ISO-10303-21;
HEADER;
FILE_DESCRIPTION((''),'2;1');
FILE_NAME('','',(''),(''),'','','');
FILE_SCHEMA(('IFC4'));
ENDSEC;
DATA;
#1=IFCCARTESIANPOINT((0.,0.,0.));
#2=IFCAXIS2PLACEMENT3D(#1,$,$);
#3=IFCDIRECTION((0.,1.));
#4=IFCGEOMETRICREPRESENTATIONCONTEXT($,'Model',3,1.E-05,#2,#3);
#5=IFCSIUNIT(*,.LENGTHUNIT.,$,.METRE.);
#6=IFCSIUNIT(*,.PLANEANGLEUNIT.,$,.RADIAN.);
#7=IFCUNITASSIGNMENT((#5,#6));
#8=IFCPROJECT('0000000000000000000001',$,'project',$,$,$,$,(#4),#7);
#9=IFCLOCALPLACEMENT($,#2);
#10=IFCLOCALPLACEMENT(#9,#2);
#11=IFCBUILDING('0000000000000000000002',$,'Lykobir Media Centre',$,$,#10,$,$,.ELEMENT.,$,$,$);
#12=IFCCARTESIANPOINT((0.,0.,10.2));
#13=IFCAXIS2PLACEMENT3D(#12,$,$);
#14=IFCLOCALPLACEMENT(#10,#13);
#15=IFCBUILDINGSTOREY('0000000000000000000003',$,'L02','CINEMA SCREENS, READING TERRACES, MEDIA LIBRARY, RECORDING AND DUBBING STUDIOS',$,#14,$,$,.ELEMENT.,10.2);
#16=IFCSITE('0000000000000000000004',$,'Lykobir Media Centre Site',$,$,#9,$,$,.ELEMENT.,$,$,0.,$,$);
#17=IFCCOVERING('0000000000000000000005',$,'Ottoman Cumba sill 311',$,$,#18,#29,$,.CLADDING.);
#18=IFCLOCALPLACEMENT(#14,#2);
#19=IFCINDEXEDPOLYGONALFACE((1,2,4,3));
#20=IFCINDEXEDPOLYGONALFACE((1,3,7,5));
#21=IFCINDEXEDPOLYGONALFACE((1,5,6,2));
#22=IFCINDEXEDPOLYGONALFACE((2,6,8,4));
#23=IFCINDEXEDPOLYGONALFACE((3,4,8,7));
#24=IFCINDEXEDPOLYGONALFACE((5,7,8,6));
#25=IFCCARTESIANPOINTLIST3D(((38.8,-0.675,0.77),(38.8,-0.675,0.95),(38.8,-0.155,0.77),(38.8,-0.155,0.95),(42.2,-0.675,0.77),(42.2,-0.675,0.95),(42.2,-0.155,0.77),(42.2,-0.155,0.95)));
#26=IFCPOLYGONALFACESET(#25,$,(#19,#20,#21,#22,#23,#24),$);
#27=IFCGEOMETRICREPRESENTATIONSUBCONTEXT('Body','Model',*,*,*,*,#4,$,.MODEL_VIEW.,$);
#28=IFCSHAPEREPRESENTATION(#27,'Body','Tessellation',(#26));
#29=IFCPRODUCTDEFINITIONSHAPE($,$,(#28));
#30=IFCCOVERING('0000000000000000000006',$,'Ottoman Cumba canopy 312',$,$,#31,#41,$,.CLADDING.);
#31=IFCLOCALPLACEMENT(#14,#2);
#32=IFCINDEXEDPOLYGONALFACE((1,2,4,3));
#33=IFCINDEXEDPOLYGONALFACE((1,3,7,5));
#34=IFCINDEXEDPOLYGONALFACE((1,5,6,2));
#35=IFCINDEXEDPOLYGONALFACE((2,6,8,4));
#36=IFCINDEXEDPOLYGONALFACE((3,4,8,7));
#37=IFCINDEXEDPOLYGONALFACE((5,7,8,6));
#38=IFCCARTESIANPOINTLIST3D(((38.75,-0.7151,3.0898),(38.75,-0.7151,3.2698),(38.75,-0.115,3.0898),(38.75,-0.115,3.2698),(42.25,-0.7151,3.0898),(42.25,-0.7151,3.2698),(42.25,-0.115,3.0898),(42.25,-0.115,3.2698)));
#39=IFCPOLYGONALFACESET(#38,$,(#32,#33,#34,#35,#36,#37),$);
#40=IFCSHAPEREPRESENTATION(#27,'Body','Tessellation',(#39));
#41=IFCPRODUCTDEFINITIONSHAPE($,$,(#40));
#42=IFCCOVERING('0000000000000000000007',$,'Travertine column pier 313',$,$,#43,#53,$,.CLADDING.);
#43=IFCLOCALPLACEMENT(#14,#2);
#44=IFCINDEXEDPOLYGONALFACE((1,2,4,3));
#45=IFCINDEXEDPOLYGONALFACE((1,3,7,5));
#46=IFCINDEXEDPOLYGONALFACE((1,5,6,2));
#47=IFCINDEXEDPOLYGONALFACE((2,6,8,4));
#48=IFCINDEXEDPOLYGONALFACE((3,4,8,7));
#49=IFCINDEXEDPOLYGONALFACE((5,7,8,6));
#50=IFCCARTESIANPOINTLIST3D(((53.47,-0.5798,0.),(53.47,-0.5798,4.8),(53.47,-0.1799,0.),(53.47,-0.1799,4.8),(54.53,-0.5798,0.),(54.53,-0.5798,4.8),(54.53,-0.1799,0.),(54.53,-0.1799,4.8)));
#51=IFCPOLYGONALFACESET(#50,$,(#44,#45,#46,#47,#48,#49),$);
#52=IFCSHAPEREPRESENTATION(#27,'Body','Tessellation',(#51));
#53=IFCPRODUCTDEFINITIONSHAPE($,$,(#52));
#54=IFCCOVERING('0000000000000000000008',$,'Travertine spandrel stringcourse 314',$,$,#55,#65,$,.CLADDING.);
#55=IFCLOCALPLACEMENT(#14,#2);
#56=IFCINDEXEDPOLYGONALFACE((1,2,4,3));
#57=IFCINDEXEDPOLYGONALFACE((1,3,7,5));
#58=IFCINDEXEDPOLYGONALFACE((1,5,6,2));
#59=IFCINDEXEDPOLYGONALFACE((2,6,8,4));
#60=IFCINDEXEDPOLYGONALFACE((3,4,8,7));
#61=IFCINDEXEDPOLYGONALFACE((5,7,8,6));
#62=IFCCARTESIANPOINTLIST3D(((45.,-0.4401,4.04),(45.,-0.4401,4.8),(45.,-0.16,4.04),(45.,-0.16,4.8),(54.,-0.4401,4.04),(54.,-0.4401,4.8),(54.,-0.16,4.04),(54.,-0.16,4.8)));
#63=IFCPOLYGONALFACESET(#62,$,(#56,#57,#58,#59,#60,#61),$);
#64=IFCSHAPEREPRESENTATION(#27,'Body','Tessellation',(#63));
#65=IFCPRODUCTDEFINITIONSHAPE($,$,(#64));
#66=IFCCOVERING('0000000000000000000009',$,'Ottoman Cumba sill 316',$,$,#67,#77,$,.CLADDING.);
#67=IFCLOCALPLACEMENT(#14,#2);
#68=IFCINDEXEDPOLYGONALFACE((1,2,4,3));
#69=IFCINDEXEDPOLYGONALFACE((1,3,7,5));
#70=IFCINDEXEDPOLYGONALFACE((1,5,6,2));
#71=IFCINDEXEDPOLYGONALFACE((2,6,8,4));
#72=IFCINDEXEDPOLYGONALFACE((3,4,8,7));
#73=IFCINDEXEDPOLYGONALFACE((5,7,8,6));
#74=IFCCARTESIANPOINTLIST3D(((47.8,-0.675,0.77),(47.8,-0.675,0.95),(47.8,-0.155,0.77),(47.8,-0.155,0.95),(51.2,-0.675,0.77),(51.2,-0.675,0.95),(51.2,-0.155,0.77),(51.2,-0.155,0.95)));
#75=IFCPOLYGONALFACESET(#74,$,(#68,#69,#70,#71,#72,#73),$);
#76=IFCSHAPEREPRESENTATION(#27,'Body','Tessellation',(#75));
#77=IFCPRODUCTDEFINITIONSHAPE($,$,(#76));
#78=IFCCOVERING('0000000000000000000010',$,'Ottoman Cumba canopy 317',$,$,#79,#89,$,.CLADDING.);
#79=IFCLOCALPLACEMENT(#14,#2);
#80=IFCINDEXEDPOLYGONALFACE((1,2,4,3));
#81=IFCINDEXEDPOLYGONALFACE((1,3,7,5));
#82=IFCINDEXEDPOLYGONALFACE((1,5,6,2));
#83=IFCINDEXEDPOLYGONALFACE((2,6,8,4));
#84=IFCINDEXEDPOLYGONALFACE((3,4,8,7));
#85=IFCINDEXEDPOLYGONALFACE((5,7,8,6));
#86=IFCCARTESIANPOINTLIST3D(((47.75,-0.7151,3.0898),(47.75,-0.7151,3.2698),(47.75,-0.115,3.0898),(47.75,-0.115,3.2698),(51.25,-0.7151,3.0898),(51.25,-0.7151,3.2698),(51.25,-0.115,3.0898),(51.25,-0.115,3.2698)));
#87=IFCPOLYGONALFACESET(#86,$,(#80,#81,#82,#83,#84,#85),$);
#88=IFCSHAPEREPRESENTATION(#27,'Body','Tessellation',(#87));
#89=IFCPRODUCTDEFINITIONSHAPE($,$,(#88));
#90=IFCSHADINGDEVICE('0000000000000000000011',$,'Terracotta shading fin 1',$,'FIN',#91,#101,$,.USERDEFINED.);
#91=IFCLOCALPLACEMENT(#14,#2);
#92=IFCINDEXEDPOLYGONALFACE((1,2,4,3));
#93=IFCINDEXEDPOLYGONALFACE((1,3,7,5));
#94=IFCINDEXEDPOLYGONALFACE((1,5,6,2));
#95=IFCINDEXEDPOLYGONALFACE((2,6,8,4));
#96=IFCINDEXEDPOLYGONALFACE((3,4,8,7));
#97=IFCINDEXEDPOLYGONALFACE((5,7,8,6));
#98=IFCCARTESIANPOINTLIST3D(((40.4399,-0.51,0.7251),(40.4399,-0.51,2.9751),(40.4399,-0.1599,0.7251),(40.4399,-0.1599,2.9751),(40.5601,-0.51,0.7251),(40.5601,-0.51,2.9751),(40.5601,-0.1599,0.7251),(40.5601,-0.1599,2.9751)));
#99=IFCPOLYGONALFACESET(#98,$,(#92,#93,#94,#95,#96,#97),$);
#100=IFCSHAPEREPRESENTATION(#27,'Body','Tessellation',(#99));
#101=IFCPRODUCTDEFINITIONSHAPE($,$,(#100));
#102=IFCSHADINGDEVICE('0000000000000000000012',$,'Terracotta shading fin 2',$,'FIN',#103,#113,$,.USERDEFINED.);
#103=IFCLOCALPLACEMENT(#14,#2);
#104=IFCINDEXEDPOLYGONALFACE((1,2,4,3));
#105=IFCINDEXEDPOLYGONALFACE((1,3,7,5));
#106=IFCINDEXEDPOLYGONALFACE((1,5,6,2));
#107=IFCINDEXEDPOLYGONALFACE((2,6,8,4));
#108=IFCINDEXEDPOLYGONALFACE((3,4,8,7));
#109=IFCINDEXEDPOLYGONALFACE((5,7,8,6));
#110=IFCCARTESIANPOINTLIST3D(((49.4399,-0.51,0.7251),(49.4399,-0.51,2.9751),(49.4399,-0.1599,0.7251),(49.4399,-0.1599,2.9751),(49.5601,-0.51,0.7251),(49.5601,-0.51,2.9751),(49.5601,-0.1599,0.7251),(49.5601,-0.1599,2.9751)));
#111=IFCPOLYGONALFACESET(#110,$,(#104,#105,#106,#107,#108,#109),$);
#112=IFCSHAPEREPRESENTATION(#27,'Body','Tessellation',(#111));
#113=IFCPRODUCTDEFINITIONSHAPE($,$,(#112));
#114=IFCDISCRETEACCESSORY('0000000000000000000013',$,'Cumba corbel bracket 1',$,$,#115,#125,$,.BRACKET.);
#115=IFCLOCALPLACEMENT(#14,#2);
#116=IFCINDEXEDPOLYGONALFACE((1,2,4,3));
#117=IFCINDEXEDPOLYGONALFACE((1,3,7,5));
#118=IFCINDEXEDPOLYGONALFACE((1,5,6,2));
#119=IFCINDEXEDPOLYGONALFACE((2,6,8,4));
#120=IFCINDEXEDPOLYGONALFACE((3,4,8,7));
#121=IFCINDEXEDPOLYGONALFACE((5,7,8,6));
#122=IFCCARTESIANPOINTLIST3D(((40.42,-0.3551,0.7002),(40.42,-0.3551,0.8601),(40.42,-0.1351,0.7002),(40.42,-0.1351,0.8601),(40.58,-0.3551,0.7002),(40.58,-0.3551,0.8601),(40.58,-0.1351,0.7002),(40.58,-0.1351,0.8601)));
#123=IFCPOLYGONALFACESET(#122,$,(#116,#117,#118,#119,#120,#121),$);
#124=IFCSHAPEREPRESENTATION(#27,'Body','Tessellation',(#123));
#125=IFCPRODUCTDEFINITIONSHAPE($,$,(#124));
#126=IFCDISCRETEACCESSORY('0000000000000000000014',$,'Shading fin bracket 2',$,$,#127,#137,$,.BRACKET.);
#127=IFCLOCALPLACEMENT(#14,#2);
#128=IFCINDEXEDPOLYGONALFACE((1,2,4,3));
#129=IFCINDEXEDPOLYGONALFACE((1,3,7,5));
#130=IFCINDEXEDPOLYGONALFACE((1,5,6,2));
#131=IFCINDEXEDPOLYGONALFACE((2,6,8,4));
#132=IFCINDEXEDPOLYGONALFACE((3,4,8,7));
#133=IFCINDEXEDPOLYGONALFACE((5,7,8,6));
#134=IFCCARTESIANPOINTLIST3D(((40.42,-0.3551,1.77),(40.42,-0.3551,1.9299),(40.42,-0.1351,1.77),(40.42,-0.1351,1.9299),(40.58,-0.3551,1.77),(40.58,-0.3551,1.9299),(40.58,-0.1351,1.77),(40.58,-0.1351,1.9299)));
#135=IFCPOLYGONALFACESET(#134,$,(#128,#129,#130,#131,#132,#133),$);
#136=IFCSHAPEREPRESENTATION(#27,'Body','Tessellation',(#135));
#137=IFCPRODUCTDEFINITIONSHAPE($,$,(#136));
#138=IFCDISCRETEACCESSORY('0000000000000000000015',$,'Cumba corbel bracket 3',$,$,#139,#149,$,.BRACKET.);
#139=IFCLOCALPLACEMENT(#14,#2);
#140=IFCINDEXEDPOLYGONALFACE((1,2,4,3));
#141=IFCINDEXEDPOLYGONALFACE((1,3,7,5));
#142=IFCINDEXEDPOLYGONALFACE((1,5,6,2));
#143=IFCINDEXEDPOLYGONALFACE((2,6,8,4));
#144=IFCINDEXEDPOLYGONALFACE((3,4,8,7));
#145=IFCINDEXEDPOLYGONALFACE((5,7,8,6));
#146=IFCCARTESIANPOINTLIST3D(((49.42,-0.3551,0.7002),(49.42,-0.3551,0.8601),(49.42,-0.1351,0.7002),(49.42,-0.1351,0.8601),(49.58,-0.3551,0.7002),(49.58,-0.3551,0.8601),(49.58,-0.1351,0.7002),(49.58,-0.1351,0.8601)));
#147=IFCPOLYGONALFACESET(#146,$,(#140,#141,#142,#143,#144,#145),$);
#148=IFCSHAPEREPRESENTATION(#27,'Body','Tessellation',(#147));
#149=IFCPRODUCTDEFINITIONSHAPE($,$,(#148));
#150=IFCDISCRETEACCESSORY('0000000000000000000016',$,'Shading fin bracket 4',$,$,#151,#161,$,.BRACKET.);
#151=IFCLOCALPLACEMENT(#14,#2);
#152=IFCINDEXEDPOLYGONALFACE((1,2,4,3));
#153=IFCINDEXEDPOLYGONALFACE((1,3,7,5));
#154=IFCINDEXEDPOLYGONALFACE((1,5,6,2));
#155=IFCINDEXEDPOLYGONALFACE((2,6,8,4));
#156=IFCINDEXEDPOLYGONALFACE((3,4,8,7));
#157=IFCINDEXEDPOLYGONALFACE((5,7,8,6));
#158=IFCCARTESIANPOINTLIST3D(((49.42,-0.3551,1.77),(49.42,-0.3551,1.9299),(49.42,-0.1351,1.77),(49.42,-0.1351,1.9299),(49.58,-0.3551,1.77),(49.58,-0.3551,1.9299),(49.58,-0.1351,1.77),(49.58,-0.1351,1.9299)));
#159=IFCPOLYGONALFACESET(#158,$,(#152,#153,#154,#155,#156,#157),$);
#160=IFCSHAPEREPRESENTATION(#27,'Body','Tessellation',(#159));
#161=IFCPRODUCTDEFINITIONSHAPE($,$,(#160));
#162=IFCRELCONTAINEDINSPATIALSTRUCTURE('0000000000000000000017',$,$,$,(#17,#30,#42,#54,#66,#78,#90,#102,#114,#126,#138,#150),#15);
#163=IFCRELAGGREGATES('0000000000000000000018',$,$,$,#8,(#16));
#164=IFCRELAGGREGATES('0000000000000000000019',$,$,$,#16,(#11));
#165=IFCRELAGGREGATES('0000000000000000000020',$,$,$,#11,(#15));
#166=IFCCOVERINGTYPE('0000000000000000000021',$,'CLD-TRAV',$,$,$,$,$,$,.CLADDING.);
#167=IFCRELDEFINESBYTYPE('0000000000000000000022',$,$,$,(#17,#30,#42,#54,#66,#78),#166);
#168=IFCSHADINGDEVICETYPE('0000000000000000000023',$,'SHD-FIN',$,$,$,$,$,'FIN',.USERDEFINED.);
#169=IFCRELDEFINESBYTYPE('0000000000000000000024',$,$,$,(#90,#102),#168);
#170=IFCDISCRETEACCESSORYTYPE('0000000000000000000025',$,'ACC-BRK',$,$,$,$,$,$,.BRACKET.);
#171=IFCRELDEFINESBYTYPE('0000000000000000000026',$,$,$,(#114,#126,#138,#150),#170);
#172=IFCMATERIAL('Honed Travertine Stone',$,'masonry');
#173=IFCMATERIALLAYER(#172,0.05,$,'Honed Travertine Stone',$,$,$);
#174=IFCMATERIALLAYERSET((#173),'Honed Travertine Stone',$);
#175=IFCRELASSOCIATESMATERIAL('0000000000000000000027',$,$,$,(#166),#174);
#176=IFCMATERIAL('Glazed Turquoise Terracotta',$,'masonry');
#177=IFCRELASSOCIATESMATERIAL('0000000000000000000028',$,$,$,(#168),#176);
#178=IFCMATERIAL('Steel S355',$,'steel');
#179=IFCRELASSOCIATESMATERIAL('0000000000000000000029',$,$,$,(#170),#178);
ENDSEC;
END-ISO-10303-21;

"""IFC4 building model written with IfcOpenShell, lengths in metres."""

from ifc_helpers import new_model, si_unit, direction, frame, origin, origin_2d, place, context, subcontext, project, spatial, rectangle, extrude, material, layer, layer_set, type_object, element, save


model = new_model("IFC4")

# Units and contexts
model_context = context("Model", 3, precision=1e-05, world=origin(), true_north=direction((0.0, 1.0)))
body_context = subcontext(model_context, "Body", "Model", "MODEL_VIEW")
ifc_project = project(units=[si_unit("LENGTHUNIT", "METRE"), si_unit("PLANEANGLEUNIT", "RADIAN")], contexts=[model_context])

# Site, building, storey
site_placement = place(None, origin())
site = spatial("IfcSite", under=ifc_project, at=site_placement, Name="Lykobir Media Centre Site", CompositionType="ELEMENT", RefElevation=0.0)
building_placement = place(site_placement, origin())
building = spatial("IfcBuilding", under=site, at=building_placement, Name="Lykobir Media Centre", CompositionType="ELEMENT")
storey_placement = place(building_placement, frame((0.0, 0.0, 10.2)))
storey = spatial("IfcBuildingStorey", under=building, at=storey_placement, Name="L02", Description="CINEMA SCREENS, READING TERRACES, MEDIA LIBRARY, RECORDING AND DUBBING STUDIOS", CompositionType="ELEMENT", Elevation=10.2)

# Shared definitions
ifc_material_1 = material(Name="Steel S355", Category="steel")

# Coverings
ifc_material_2 = material(Name="Glazed Turquoise Terracotta", Category="masonry")
ifc_material_3 = material(Name="Honed Travertine Stone", Category="masonry")
ifc_layer_1 = layer(ifc_material_3, 0.05, Name="Honed Travertine Stone")
ifc_layer_set_1 = layer_set([ifc_layer_1], Name="Honed Travertine Stone")
covering_type_1 = type_object("IfcCoveringType", Name="CLD-TRAV", PredefinedType="CLADDING", material=ifc_layer_set_1)
covering_1_placement = place(storey_placement, frame((40.5, -0.415, 0.77), z_axis=(0.0, 0.0, 1.0), x_axis=(1.0, 0.0, 0.0)))
element("IfcCovering", 1, at=covering_1_placement, inside=storey, type_object=covering_type_1, Name="Ottoman Cumba sill 311", PredefinedType="CLADDING", context=body_context, shape_type="SweptSolid", body=[
    extrude(rectangle(XDim=3.3999, YDim=0.52, at=origin_2d()), origin(), (0.0, 0.0, 1.0), 0.1799),
])
covering_2_placement = place(storey_placement, frame((40.5, -0.415, 3.0898), z_axis=(0.0, 0.0, 1.0), x_axis=(1.0, 0.0, 0.0)))
element("IfcCovering", 2, at=covering_2_placement, inside=storey, type_object=covering_type_1, Name="Ottoman Cumba canopy 312", PredefinedType="CLADDING", context=body_context, shape_type="SweptSolid", body=[
    extrude(rectangle(XDim=3.5, YDim=0.6001, at=origin_2d()), origin(), (0.0, 0.0, 1.0), 0.1799),
])
covering_3_placement = place(storey_placement, frame((54.0, -0.3799, 0.0), z_axis=(0.0, 0.0, 1.0), x_axis=(1.0, 0.0, 0.0)))
element("IfcCovering", 3, at=covering_3_placement, inside=storey, type_object=covering_type_1, Name="Travertine column pier 313", PredefinedType="CLADDING", context=body_context, shape_type="SweptSolid", body=[
    extrude(rectangle(XDim=1.0601, YDim=0.3999, at=origin_2d()), origin(), (0.0, 0.0, 1.0), 4.8),
])
covering_4_placement = place(storey_placement, frame((49.5, -0.3, 4.04), z_axis=(0.0, 0.0, 1.0), x_axis=(1.0, 0.0, 0.0)))
element("IfcCovering", 4, at=covering_4_placement, inside=storey, type_object=covering_type_1, Name="Travertine spandrel stringcourse 314", PredefinedType="CLADDING", context=body_context, shape_type="SweptSolid", body=[
    extrude(rectangle(XDim=9.0, YDim=0.28, at=origin_2d()), origin(), (0.0, 0.0, 1.0), 0.76),
])
covering_5_placement = place(storey_placement, frame((49.5, -0.415, 0.77), z_axis=(0.0, 0.0, 1.0), x_axis=(1.0, 0.0, 0.0)))
element("IfcCovering", 5, at=covering_5_placement, inside=storey, type_object=covering_type_1, Name="Ottoman Cumba sill 316", PredefinedType="CLADDING", context=body_context, shape_type="SweptSolid", body=[
    extrude(rectangle(XDim=3.3999, YDim=0.52, at=origin_2d()), origin(), (0.0, 0.0, 1.0), 0.1799),
])
covering_6_placement = place(storey_placement, frame((49.5, -0.415, 3.0898), z_axis=(0.0, 0.0, 1.0), x_axis=(1.0, 0.0, 0.0)))
element("IfcCovering", 6, at=covering_6_placement, inside=storey, type_object=covering_type_1, Name="Ottoman Cumba canopy 317", PredefinedType="CLADDING", context=body_context, shape_type="SweptSolid", body=[
    extrude(rectangle(XDim=3.5, YDim=0.6001, at=origin_2d()), origin(), (0.0, 0.0, 1.0), 0.1799),
])

# Shading devices
shading_device_type = type_object("IfcShadingDeviceType", Name="SHD-FIN", ElementType="FIN", PredefinedType="USERDEFINED", material=ifc_material_2)
for number, where, z_axis, x_axis, name in (
    (7, (40.5, -0.335, 0.7251), (0.0, 0.0, 1.0), (1.0, 0.0, 0.0), "Terracotta shading fin 1"),
    (8, (49.5, -0.335, 0.7251), (0.0, 0.0, 1.0), (1.0, 0.0, 0.0), "Terracotta shading fin 2"),
):
    element("IfcShadingDevice", number, at=place(storey_placement, frame(where, z_axis=z_axis, x_axis=x_axis)), inside=storey, type_object=shading_device_type, Name=name, ObjectType="FIN", PredefinedType="USERDEFINED", context=body_context, shape_type="SweptSolid", body=[
        extrude(rectangle(XDim=0.1201, YDim=0.3501, at=origin_2d()), origin(), (0.0, 0.0, 1.0), 2.25),
    ])

# Discrete accessories
discrete_accessory_type = type_object("IfcDiscreteAccessoryType", Name="ACC-BRK", PredefinedType="BRACKET", material=ifc_material_1)
for number, where, z_axis, x_axis, name in (
    (9, (40.5, -0.2451, 0.7002), (0.0, 0.0, 1.0), (1.0, 0.0, 0.0), "Cumba corbel bracket 1"),
    (10, (40.5, -0.2451, 1.77), (0.0, 0.0, 1.0), (1.0, 0.0, 0.0), "Shading fin bracket 2"),
    (11, (49.5, -0.2451, 0.7002), (0.0, 0.0, 1.0), (1.0, 0.0, 0.0), "Cumba corbel bracket 3"),
    (12, (49.5, -0.2451, 1.77), (0.0, 0.0, 1.0), (1.0, 0.0, 0.0), "Shading fin bracket 4"),
):
    element("IfcDiscreteAccessory", number, at=place(storey_placement, frame(where, z_axis=z_axis, x_axis=x_axis)), inside=storey, type_object=discrete_accessory_type, Name=name, PredefinedType="BRACKET", context=body_context, shape_type="SweptSolid", body=[
        extrude(rectangle(XDim=0.1599, YDim=0.22, at=origin_2d()), origin(), (0.0, 0.0, 1.0), 0.1599),
    ])

save(model, "model.ifc")
